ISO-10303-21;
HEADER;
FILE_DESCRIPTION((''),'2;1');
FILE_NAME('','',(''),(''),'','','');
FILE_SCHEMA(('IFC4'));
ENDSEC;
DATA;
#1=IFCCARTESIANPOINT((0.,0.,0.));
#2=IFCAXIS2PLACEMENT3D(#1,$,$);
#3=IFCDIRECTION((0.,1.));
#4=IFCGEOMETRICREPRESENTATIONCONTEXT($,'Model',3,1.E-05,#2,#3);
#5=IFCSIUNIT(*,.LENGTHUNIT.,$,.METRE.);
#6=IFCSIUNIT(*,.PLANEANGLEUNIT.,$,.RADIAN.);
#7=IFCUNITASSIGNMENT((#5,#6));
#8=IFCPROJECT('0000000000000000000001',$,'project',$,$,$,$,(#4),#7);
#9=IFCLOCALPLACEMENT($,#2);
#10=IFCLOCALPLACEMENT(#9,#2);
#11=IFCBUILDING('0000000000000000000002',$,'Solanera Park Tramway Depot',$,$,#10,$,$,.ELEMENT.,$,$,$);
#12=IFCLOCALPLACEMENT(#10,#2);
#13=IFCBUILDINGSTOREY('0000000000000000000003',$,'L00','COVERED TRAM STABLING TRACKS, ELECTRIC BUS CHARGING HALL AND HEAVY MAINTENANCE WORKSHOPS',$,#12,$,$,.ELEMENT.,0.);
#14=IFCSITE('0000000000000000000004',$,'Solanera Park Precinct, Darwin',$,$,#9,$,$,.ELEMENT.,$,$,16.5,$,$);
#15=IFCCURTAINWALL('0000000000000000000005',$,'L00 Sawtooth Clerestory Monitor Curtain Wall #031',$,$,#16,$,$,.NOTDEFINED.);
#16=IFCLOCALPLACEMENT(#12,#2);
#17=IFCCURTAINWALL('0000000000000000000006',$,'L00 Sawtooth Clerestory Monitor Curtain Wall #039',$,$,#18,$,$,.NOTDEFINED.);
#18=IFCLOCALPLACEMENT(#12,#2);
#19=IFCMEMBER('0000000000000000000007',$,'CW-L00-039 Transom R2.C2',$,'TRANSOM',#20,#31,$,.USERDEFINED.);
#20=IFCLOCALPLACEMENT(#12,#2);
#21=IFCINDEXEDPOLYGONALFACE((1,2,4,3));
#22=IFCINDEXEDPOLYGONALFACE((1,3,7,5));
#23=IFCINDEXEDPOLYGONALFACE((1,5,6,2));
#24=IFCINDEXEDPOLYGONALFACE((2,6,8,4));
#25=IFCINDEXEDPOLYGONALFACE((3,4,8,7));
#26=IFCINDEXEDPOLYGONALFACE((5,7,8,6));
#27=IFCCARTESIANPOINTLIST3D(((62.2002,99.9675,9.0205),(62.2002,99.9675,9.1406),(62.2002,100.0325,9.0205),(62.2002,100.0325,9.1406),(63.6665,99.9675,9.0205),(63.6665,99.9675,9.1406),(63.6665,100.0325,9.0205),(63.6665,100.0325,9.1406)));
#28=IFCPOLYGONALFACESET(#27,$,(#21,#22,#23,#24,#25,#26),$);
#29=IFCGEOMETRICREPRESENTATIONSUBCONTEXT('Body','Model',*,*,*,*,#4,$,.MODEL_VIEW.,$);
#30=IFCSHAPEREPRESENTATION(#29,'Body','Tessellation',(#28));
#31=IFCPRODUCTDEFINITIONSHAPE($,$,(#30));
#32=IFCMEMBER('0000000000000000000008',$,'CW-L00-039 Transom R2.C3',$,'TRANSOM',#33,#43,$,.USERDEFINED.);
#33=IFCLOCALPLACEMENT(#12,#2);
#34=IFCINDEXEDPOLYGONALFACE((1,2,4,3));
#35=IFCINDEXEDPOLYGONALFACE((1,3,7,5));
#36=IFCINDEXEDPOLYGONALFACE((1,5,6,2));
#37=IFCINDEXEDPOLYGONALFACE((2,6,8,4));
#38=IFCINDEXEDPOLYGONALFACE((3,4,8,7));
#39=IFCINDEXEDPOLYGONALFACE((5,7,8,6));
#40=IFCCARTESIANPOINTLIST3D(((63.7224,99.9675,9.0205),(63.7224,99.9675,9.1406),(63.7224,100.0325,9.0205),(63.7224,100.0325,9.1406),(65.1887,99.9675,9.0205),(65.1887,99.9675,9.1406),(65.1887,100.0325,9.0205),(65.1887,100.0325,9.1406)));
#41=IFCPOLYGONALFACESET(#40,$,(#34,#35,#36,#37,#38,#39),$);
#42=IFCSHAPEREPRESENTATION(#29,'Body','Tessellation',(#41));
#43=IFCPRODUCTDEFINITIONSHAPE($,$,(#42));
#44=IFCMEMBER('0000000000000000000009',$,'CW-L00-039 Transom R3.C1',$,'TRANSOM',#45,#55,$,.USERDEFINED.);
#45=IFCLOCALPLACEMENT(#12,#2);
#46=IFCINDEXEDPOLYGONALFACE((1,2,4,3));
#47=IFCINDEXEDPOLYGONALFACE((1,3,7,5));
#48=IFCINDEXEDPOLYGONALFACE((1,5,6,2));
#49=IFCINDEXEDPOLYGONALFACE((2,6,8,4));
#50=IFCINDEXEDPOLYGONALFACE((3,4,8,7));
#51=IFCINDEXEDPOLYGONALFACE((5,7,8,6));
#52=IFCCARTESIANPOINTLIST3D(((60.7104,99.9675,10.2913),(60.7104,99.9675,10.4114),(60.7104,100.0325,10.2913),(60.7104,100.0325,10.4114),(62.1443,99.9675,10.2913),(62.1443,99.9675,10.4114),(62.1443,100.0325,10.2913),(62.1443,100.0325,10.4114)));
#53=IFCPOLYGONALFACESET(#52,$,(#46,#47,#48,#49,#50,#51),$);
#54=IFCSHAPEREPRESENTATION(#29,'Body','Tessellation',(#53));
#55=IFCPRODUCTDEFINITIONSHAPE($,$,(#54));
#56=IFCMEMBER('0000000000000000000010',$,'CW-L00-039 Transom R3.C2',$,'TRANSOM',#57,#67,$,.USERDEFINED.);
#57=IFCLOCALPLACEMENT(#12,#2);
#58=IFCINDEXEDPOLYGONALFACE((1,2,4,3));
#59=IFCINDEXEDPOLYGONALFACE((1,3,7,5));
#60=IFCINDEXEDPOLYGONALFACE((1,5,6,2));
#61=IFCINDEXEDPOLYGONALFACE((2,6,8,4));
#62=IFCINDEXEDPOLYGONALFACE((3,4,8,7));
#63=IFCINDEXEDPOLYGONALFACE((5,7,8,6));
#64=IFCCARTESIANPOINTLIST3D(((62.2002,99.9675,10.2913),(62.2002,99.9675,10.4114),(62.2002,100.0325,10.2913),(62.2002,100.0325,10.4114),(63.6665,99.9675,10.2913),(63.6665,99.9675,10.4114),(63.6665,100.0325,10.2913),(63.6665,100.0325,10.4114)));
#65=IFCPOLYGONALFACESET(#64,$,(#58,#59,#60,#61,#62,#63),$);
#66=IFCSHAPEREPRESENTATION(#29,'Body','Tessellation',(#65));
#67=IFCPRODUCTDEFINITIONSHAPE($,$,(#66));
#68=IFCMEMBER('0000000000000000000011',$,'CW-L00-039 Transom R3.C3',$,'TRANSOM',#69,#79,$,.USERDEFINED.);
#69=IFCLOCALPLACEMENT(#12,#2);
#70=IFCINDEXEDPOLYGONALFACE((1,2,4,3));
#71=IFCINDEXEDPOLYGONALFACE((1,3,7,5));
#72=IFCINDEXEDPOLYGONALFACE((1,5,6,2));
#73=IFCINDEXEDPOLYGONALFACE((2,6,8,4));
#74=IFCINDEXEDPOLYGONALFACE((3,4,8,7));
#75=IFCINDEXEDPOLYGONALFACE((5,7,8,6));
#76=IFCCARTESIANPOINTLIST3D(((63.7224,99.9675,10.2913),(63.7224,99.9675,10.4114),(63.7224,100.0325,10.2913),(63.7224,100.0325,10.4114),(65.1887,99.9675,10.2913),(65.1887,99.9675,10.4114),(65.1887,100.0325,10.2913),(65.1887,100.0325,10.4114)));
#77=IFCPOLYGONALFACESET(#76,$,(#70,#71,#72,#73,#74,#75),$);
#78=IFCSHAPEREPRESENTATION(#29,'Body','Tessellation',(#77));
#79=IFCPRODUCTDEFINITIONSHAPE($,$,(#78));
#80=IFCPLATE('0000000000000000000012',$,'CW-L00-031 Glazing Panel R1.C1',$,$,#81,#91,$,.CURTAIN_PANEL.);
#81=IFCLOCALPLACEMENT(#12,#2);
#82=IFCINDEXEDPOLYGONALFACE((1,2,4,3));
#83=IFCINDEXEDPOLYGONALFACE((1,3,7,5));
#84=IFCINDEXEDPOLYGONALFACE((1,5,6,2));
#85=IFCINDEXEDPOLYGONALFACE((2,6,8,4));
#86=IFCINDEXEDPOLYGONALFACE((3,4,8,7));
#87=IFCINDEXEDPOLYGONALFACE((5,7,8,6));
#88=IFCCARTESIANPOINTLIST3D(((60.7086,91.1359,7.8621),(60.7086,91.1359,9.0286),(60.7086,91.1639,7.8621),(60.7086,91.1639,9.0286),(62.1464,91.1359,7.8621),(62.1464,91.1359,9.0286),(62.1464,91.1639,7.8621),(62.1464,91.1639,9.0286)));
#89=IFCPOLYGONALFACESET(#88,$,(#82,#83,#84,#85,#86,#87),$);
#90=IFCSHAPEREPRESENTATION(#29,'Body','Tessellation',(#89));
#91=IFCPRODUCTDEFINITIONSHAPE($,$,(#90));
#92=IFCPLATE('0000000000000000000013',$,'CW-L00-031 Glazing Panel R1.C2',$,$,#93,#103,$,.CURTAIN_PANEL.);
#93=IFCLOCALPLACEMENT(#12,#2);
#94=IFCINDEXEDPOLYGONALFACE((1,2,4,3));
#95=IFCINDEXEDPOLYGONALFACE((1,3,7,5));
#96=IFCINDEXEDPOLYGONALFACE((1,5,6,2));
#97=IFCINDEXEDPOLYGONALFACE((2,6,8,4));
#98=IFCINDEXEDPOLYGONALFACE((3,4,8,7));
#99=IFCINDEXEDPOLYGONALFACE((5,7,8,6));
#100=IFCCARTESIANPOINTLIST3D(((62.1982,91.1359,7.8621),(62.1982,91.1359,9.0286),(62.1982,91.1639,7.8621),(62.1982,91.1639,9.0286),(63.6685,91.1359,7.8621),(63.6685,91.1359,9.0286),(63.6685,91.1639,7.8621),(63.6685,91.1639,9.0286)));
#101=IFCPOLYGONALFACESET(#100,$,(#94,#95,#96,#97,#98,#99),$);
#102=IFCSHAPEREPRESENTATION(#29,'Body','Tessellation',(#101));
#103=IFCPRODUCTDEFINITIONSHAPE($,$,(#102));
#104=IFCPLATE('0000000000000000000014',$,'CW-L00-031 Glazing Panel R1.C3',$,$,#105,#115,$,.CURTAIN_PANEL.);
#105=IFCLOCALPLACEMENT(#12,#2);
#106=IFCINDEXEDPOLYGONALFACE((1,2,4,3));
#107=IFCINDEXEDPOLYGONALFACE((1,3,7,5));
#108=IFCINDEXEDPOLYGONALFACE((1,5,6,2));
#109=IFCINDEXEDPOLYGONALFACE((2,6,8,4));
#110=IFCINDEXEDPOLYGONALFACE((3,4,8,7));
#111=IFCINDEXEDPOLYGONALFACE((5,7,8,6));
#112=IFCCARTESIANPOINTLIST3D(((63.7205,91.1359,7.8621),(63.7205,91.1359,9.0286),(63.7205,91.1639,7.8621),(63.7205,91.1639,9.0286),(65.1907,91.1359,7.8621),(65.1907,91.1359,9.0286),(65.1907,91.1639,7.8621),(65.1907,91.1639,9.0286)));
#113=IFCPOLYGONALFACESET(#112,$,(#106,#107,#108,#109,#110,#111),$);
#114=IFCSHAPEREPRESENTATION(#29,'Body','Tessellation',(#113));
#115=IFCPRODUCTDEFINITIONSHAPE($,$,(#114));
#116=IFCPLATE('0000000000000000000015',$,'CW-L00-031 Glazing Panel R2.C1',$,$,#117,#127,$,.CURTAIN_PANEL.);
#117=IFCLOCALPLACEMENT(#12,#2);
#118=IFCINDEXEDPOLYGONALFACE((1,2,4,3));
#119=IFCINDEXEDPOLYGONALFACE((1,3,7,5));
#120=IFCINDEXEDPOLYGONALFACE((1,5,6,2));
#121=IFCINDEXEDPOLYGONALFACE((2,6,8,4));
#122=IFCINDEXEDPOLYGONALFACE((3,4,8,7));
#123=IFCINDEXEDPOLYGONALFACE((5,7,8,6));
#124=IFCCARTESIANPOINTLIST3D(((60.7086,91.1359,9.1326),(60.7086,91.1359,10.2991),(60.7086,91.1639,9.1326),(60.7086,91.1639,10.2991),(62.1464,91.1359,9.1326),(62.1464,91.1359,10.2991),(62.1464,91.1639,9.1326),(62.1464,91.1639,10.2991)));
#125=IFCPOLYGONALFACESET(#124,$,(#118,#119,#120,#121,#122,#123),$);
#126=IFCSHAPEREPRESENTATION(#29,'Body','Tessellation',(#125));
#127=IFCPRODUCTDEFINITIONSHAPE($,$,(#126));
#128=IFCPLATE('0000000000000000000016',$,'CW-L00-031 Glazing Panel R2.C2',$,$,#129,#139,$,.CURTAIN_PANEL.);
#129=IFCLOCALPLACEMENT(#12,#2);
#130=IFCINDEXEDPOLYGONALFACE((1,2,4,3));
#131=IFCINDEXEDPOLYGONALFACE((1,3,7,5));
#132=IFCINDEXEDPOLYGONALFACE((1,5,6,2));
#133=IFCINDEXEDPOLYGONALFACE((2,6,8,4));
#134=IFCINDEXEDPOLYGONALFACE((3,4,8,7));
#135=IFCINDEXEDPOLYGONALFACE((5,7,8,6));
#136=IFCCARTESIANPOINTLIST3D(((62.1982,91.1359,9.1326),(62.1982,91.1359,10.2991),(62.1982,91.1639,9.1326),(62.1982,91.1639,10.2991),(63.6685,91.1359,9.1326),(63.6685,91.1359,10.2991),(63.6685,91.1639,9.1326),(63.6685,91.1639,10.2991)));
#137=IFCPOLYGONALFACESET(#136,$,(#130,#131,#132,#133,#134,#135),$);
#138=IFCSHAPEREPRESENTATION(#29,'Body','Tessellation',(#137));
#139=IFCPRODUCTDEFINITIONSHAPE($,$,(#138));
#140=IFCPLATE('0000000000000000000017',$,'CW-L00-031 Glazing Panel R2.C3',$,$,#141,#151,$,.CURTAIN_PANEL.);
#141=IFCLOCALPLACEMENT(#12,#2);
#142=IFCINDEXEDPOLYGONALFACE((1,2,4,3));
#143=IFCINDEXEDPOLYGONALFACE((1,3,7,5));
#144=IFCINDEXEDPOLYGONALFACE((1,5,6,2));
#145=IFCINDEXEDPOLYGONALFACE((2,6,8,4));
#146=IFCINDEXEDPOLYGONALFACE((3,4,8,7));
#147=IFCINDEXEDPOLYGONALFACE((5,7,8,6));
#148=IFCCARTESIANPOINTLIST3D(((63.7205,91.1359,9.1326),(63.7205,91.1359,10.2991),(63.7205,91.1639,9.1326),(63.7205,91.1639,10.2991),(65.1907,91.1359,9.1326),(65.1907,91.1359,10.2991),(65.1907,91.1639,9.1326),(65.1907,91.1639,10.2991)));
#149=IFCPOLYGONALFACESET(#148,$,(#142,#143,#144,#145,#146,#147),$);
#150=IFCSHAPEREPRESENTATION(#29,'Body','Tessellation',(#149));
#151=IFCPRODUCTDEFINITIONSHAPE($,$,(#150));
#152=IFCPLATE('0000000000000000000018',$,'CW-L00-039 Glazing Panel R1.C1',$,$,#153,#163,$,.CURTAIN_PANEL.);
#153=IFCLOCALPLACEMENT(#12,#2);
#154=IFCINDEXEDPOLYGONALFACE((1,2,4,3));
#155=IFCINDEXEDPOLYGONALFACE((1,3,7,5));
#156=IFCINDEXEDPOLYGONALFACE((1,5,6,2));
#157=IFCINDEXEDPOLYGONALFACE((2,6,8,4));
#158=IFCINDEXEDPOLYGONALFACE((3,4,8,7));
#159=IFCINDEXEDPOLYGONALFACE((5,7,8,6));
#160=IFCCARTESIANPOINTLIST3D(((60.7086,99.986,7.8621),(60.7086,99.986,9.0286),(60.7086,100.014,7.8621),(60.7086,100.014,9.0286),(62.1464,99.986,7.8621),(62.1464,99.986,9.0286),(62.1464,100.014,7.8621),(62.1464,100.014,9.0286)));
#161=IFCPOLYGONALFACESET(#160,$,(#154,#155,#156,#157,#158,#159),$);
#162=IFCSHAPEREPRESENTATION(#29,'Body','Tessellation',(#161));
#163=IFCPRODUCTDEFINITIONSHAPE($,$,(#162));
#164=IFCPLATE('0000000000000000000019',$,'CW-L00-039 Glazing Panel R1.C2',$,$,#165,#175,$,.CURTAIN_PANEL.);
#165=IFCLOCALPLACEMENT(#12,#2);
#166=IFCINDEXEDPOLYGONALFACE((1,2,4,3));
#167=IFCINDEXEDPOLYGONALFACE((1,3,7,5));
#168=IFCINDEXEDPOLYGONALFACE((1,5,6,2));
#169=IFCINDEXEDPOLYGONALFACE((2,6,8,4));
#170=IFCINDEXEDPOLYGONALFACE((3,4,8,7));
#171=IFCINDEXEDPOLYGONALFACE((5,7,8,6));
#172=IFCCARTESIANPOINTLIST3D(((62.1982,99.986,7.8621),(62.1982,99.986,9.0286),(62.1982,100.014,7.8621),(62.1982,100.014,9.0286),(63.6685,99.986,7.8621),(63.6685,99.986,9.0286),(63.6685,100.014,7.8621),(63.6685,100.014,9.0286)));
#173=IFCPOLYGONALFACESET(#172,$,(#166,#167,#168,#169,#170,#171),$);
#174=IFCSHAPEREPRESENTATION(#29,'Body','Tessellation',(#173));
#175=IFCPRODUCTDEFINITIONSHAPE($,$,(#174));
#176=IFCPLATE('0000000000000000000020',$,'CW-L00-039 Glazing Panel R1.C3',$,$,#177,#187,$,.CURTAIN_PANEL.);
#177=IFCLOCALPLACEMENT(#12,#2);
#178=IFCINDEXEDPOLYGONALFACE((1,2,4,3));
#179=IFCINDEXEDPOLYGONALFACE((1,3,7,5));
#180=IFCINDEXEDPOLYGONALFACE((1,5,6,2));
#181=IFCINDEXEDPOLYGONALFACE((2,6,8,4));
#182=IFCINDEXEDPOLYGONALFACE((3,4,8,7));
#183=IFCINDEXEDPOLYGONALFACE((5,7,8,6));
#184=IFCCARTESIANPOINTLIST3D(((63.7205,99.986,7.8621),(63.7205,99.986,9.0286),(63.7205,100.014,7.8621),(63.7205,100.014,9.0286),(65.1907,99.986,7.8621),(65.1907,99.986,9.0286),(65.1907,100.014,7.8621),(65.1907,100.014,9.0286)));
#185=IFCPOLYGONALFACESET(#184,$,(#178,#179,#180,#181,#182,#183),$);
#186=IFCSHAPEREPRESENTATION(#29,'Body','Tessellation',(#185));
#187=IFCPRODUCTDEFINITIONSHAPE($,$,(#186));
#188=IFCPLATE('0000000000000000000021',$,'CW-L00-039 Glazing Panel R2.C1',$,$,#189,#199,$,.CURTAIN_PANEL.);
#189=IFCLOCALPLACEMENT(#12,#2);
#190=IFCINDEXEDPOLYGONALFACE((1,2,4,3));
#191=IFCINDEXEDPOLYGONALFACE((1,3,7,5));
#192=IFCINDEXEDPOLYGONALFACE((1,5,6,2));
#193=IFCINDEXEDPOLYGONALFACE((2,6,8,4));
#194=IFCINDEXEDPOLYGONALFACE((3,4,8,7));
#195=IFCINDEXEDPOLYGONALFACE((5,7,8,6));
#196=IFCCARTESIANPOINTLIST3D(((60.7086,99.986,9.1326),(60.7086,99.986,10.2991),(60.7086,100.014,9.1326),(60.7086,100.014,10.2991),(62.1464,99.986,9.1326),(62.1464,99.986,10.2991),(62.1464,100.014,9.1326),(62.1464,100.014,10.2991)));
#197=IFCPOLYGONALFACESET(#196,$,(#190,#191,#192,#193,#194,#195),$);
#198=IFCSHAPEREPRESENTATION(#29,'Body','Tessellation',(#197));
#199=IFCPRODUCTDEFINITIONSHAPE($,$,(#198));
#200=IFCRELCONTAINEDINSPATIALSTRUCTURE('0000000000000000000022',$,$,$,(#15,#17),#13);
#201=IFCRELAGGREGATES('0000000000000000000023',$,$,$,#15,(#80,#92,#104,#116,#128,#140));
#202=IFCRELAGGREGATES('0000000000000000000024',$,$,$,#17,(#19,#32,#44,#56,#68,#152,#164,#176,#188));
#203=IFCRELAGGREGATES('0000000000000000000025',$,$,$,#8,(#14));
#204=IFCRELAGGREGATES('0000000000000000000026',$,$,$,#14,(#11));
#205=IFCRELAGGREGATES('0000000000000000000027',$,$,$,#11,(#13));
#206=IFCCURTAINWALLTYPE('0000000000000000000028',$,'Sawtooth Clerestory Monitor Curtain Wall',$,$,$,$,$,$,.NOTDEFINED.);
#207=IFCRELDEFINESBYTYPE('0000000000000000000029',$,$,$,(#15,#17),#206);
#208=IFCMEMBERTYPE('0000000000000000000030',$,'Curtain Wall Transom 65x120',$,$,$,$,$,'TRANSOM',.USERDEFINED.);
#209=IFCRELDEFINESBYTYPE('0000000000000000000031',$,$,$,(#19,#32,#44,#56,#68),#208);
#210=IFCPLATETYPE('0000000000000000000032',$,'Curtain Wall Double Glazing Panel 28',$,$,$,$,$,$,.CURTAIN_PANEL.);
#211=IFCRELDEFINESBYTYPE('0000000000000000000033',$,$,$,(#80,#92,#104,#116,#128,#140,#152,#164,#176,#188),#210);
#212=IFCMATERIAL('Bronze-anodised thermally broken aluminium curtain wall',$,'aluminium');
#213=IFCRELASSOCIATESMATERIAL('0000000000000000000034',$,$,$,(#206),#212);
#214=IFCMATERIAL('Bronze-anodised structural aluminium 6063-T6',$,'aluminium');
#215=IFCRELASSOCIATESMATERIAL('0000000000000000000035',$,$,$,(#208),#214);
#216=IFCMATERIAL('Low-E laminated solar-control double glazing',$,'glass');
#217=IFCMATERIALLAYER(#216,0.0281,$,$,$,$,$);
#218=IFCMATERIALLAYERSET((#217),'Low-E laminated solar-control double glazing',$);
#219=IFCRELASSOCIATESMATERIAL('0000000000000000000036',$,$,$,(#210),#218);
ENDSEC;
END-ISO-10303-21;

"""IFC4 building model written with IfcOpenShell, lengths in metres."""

from ifc_helpers import new_model, si_unit, direction, frame, origin, origin_2d, place, context, subcontext, project, spatial, rectangle, extrude, material, layer, layer_set, material_profile, profile_set, type_object, element, aggregate, save


model = new_model("IFC4")

# Units and contexts
model_context = context("Model", 3, precision=1e-05, world=origin(), true_north=direction((0.0, 1.0)))
body_context = subcontext(model_context, "Body", "Model", "MODEL_VIEW")
ifc_project = project(units=[si_unit("LENGTHUNIT", "METRE"), si_unit("PLANEANGLEUNIT", "RADIAN")], contexts=[model_context])

# Site, building, storey
site_placement = place(None, origin())
site = spatial("IfcSite", under=ifc_project, at=site_placement, Name="Solanera Park Precinct, Darwin", CompositionType="ELEMENT", RefElevation=16.5)
building_placement = place(site_placement, origin())
building = spatial("IfcBuilding", under=site, at=building_placement, Name="Solanera Park Tramway Depot", CompositionType="ELEMENT")
storey_placement = place(building_placement, origin())
storey = spatial("IfcBuildingStorey", under=building, at=storey_placement, Name="L00", Description="COVERED TRAM STABLING TRACKS, ELECTRIC BUS CHARGING HALL AND HEAVY MAINTENANCE WORKSHOPS", CompositionType="ELEMENT", Elevation=0.0)

# Curtain walls
ifc_material_1 = material(Name="Bronze-anodised thermally broken aluminium curtain wall", Category="aluminium")
curtain_wall_type = type_object("IfcCurtainWallType", Name="Sawtooth Clerestory Monitor Curtain Wall", PredefinedType="NOTDEFINED", material=ifc_material_1)
curtain_wall_1_placement = place(storey_placement, origin())
curtain_wall_1 = element("IfcCurtainWall", 1, at=curtain_wall_1_placement, inside=storey, type_object=curtain_wall_type, Name="L00 Sawtooth Clerestory Monitor Curtain Wall #031", PredefinedType="NOTDEFINED")
curtain_wall_2_placement = place(storey_placement, origin())
curtain_wall_2 = element("IfcCurtainWall", 2, at=curtain_wall_2_placement, inside=storey, type_object=curtain_wall_type, Name="L00 Sawtooth Clerestory Monitor Curtain Wall #039", PredefinedType="NOTDEFINED")

# Members
ifc_material_2 = material(Name="Bronze-anodised structural aluminium 6063-T6", Category="aluminium")
ifc_material_profile_1 = material_profile(ifc_material_2, rectangle(XDim=0.0649, YDim=0.1201, at=origin_2d()), Name="Curtain Wall Transom 65x120")
ifc_profile_set_1 = profile_set([ifc_material_profile_1], Name="Bronze-anodised structural aluminium 6063-T6")
member_type_1 = type_object("IfcMemberType", Name="Curtain Wall Transom 65x120", ElementType="TRANSOM", PredefinedType="USERDEFINED", material=ifc_profile_set_1)
member_1_placement = place(storey_placement, frame((62.2002, 100.0, 9.0806), z_axis=(1.0, 0.0, 0.0), x_axis=(0.0, 1.0, 0.0)))
member_1 = element("IfcMember", 3, at=member_1_placement, type_object=member_type_1, Name="CW-L00-039 Transom R2.C2", ObjectType="TRANSOM", PredefinedType="USERDEFINED", context=body_context, shape_type="SweptSolid", body=[
    extrude(rectangle(XDim=0.0649, YDim=0.1201, at=origin_2d()), origin(), (0.0, 0.0, 1.0), 1.4663),
])
member_2_placement = place(storey_placement, frame((63.7224, 100.0, 9.0806), z_axis=(1.0, 0.0, 0.0), x_axis=(0.0, 1.0, 0.0)))
member_2 = element("IfcMember", 4, at=member_2_placement, type_object=member_type_1, Name="CW-L00-039 Transom R2.C3", ObjectType="TRANSOM", PredefinedType="USERDEFINED", context=body_context, shape_type="SweptSolid", body=[
    extrude(rectangle(XDim=0.0649, YDim=0.1201, at=origin_2d()), origin(), (0.0, 0.0, 1.0), 1.4663),
])
member_3_placement = place(storey_placement, frame((60.7104, 100.0, 10.3513), z_axis=(1.0, 0.0, 0.0), x_axis=(0.0, 1.0, 0.0)))
member_3 = element("IfcMember", 5, at=member_3_placement, type_object=member_type_1, Name="CW-L00-039 Transom R3.C1", ObjectType="TRANSOM", PredefinedType="USERDEFINED", context=body_context, shape_type="SweptSolid", body=[
    extrude(rectangle(XDim=0.0649, YDim=0.1201, at=origin_2d()), origin(), (0.0, 0.0, 1.0), 1.4338),
])
member_4_placement = place(storey_placement, frame((62.2002, 100.0, 10.3513), z_axis=(1.0, 0.0, 0.0), x_axis=(0.0, 1.0, 0.0)))
member_4 = element("IfcMember", 6, at=member_4_placement, type_object=member_type_1, Name="CW-L00-039 Transom R3.C2", ObjectType="TRANSOM", PredefinedType="USERDEFINED", context=body_context, shape_type="SweptSolid", body=[
    extrude(rectangle(XDim=0.0649, YDim=0.1201, at=origin_2d()), origin(), (0.0, 0.0, 1.0), 1.4663),
])
member_5_placement = place(storey_placement, frame((63.7224, 100.0, 10.3513), z_axis=(1.0, 0.0, 0.0), x_axis=(0.0, 1.0, 0.0)))
member_5 = element("IfcMember", 7, at=member_5_placement, type_object=member_type_1, Name="CW-L00-039 Transom R3.C3", ObjectType="TRANSOM", PredefinedType="USERDEFINED", context=body_context, shape_type="SweptSolid", body=[
    extrude(rectangle(XDim=0.0649, YDim=0.1201, at=origin_2d()), origin(), (0.0, 0.0, 1.0), 1.4663),
])

# Plates
ifc_material_3 = material(Name="Low-E laminated solar-control double glazing", Category="glass")
ifc_layer = layer(ifc_material_3, 0.0281)
ifc_layer_set = layer_set([ifc_layer], Name="Low-E laminated solar-control double glazing")
plate_type = type_object("IfcPlateType", Name="Curtain Wall Double Glazing Panel 28", PredefinedType="CURTAIN_PANEL", material=ifc_layer_set)
plate_1_placement = place(storey_placement, frame((61.4275, 91.1499, 7.8621), z_axis=(0.0, 0.0, 1.0), x_axis=(1.0, 0.0, 0.0)))
plate_1 = element("IfcPlate", 8, at=plate_1_placement, type_object=plate_type, Name="CW-L00-031 Glazing Panel R1.C1", PredefinedType="CURTAIN_PANEL", context=body_context, shape_type="SweptSolid", body=[
    extrude(rectangle(XDim=1.4377, YDim=0.0281, at=origin_2d()), origin(), (0.0, 0.0, 1.0), 1.1665),
])
plate_2_placement = place(storey_placement, frame((62.9333, 91.1499, 7.8621), z_axis=(0.0, 0.0, 1.0), x_axis=(1.0, 0.0, 0.0)))
plate_2 = element("IfcPlate", 9, at=plate_2_placement, type_object=plate_type, Name="CW-L00-031 Glazing Panel R1.C2", PredefinedType="CURTAIN_PANEL", context=body_context, shape_type="SweptSolid", body=[
    extrude(rectangle(XDim=1.4702, YDim=0.0281, at=origin_2d()), origin(), (0.0, 0.0, 1.0), 1.1665),
])
plate_3_placement = place(storey_placement, frame((64.4556, 91.1499, 7.8621), z_axis=(0.0, 0.0, 1.0), x_axis=(1.0, 0.0, 0.0)))
plate_3 = element("IfcPlate", 10, at=plate_3_placement, type_object=plate_type, Name="CW-L00-031 Glazing Panel R1.C3", PredefinedType="CURTAIN_PANEL", context=body_context, shape_type="SweptSolid", body=[
    extrude(rectangle(XDim=1.4702, YDim=0.0281, at=origin_2d()), origin(), (0.0, 0.0, 1.0), 1.1665),
])
plate_4_placement = place(storey_placement, frame((61.4275, 91.1499, 9.1326), z_axis=(0.0, 0.0, 1.0), x_axis=(1.0, 0.0, 0.0)))
plate_4 = element("IfcPlate", 11, at=plate_4_placement, type_object=plate_type, Name="CW-L00-031 Glazing Panel R2.C1", PredefinedType="CURTAIN_PANEL", context=body_context, shape_type="SweptSolid", body=[
    extrude(rectangle(XDim=1.4377, YDim=0.0281, at=origin_2d()), origin(), (0.0, 0.0, 1.0), 1.1665),
])
plate_5_placement = place(storey_placement, frame((62.9333, 91.1499, 9.1326), z_axis=(0.0, 0.0, 1.0), x_axis=(1.0, 0.0, 0.0)))
plate_5 = element("IfcPlate", 12, at=plate_5_placement, type_object=plate_type, Name="CW-L00-031 Glazing Panel R2.C2", PredefinedType="CURTAIN_PANEL", context=body_context, shape_type="SweptSolid", body=[
    extrude(rectangle(XDim=1.4702, YDim=0.0281, at=origin_2d()), origin(), (0.0, 0.0, 1.0), 1.1665),
])
plate_6_placement = place(storey_placement, frame((64.4556, 91.1499, 9.1326), z_axis=(0.0, 0.0, 1.0), x_axis=(1.0, 0.0, 0.0)))
plate_6 = element("IfcPlate", 13, at=plate_6_placement, type_object=plate_type, Name="CW-L00-031 Glazing Panel R2.C3", PredefinedType="CURTAIN_PANEL", context=body_context, shape_type="SweptSolid", body=[
    extrude(rectangle(XDim=1.4702, YDim=0.0281, at=origin_2d()), origin(), (0.0, 0.0, 1.0), 1.1665),
])
aggregate(curtain_wall_1, [plate_1, plate_2, plate_3, plate_4, plate_5, plate_6])
plate_7_placement = place(storey_placement, frame((61.4275, 100.0, 7.8621), z_axis=(0.0, 0.0, 1.0), x_axis=(1.0, 0.0, 0.0)))
plate_7 = element("IfcPlate", 14, at=plate_7_placement, type_object=plate_type, Name="CW-L00-039 Glazing Panel R1.C1", PredefinedType="CURTAIN_PANEL", context=body_context, shape_type="SweptSolid", body=[
    extrude(rectangle(XDim=1.4377, YDim=0.0281, at=origin_2d()), origin(), (0.0, 0.0, 1.0), 1.1665),
])
plate_8_placement = place(storey_placement, frame((62.9333, 100.0, 7.8621), z_axis=(0.0, 0.0, 1.0), x_axis=(1.0, 0.0, 0.0)))
plate_8 = element("IfcPlate", 15, at=plate_8_placement, type_object=plate_type, Name="CW-L00-039 Glazing Panel R1.C2", PredefinedType="CURTAIN_PANEL", context=body_context, shape_type="SweptSolid", body=[
    extrude(rectangle(XDim=1.4702, YDim=0.0281, at=origin_2d()), origin(), (0.0, 0.0, 1.0), 1.1665),
])
plate_9_placement = place(storey_placement, frame((64.4556, 100.0, 7.8621), z_axis=(0.0, 0.0, 1.0), x_axis=(1.0, 0.0, 0.0)))
plate_9 = element("IfcPlate", 16, at=plate_9_placement, type_object=plate_type, Name="CW-L00-039 Glazing Panel R1.C3", PredefinedType="CURTAIN_PANEL", context=body_context, shape_type="SweptSolid", body=[
    extrude(rectangle(XDim=1.4702, YDim=0.0281, at=origin_2d()), origin(), (0.0, 0.0, 1.0), 1.1665),
])
plate_10_placement = place(storey_placement, frame((61.4275, 100.0, 9.1326), z_axis=(0.0, 0.0, 1.0), x_axis=(1.0, 0.0, 0.0)))
plate_10 = element("IfcPlate", 17, at=plate_10_placement, type_object=plate_type, Name="CW-L00-039 Glazing Panel R2.C1", PredefinedType="CURTAIN_PANEL", context=body_context, shape_type="SweptSolid", body=[
    extrude(rectangle(XDim=1.4377, YDim=0.0281, at=origin_2d()), origin(), (0.0, 0.0, 1.0), 1.1665),
])
aggregate(curtain_wall_2, [member_1, member_2, member_3, member_4, member_5, plate_7, plate_8, plate_9, plate_10])

save(model, "model.ifc")
